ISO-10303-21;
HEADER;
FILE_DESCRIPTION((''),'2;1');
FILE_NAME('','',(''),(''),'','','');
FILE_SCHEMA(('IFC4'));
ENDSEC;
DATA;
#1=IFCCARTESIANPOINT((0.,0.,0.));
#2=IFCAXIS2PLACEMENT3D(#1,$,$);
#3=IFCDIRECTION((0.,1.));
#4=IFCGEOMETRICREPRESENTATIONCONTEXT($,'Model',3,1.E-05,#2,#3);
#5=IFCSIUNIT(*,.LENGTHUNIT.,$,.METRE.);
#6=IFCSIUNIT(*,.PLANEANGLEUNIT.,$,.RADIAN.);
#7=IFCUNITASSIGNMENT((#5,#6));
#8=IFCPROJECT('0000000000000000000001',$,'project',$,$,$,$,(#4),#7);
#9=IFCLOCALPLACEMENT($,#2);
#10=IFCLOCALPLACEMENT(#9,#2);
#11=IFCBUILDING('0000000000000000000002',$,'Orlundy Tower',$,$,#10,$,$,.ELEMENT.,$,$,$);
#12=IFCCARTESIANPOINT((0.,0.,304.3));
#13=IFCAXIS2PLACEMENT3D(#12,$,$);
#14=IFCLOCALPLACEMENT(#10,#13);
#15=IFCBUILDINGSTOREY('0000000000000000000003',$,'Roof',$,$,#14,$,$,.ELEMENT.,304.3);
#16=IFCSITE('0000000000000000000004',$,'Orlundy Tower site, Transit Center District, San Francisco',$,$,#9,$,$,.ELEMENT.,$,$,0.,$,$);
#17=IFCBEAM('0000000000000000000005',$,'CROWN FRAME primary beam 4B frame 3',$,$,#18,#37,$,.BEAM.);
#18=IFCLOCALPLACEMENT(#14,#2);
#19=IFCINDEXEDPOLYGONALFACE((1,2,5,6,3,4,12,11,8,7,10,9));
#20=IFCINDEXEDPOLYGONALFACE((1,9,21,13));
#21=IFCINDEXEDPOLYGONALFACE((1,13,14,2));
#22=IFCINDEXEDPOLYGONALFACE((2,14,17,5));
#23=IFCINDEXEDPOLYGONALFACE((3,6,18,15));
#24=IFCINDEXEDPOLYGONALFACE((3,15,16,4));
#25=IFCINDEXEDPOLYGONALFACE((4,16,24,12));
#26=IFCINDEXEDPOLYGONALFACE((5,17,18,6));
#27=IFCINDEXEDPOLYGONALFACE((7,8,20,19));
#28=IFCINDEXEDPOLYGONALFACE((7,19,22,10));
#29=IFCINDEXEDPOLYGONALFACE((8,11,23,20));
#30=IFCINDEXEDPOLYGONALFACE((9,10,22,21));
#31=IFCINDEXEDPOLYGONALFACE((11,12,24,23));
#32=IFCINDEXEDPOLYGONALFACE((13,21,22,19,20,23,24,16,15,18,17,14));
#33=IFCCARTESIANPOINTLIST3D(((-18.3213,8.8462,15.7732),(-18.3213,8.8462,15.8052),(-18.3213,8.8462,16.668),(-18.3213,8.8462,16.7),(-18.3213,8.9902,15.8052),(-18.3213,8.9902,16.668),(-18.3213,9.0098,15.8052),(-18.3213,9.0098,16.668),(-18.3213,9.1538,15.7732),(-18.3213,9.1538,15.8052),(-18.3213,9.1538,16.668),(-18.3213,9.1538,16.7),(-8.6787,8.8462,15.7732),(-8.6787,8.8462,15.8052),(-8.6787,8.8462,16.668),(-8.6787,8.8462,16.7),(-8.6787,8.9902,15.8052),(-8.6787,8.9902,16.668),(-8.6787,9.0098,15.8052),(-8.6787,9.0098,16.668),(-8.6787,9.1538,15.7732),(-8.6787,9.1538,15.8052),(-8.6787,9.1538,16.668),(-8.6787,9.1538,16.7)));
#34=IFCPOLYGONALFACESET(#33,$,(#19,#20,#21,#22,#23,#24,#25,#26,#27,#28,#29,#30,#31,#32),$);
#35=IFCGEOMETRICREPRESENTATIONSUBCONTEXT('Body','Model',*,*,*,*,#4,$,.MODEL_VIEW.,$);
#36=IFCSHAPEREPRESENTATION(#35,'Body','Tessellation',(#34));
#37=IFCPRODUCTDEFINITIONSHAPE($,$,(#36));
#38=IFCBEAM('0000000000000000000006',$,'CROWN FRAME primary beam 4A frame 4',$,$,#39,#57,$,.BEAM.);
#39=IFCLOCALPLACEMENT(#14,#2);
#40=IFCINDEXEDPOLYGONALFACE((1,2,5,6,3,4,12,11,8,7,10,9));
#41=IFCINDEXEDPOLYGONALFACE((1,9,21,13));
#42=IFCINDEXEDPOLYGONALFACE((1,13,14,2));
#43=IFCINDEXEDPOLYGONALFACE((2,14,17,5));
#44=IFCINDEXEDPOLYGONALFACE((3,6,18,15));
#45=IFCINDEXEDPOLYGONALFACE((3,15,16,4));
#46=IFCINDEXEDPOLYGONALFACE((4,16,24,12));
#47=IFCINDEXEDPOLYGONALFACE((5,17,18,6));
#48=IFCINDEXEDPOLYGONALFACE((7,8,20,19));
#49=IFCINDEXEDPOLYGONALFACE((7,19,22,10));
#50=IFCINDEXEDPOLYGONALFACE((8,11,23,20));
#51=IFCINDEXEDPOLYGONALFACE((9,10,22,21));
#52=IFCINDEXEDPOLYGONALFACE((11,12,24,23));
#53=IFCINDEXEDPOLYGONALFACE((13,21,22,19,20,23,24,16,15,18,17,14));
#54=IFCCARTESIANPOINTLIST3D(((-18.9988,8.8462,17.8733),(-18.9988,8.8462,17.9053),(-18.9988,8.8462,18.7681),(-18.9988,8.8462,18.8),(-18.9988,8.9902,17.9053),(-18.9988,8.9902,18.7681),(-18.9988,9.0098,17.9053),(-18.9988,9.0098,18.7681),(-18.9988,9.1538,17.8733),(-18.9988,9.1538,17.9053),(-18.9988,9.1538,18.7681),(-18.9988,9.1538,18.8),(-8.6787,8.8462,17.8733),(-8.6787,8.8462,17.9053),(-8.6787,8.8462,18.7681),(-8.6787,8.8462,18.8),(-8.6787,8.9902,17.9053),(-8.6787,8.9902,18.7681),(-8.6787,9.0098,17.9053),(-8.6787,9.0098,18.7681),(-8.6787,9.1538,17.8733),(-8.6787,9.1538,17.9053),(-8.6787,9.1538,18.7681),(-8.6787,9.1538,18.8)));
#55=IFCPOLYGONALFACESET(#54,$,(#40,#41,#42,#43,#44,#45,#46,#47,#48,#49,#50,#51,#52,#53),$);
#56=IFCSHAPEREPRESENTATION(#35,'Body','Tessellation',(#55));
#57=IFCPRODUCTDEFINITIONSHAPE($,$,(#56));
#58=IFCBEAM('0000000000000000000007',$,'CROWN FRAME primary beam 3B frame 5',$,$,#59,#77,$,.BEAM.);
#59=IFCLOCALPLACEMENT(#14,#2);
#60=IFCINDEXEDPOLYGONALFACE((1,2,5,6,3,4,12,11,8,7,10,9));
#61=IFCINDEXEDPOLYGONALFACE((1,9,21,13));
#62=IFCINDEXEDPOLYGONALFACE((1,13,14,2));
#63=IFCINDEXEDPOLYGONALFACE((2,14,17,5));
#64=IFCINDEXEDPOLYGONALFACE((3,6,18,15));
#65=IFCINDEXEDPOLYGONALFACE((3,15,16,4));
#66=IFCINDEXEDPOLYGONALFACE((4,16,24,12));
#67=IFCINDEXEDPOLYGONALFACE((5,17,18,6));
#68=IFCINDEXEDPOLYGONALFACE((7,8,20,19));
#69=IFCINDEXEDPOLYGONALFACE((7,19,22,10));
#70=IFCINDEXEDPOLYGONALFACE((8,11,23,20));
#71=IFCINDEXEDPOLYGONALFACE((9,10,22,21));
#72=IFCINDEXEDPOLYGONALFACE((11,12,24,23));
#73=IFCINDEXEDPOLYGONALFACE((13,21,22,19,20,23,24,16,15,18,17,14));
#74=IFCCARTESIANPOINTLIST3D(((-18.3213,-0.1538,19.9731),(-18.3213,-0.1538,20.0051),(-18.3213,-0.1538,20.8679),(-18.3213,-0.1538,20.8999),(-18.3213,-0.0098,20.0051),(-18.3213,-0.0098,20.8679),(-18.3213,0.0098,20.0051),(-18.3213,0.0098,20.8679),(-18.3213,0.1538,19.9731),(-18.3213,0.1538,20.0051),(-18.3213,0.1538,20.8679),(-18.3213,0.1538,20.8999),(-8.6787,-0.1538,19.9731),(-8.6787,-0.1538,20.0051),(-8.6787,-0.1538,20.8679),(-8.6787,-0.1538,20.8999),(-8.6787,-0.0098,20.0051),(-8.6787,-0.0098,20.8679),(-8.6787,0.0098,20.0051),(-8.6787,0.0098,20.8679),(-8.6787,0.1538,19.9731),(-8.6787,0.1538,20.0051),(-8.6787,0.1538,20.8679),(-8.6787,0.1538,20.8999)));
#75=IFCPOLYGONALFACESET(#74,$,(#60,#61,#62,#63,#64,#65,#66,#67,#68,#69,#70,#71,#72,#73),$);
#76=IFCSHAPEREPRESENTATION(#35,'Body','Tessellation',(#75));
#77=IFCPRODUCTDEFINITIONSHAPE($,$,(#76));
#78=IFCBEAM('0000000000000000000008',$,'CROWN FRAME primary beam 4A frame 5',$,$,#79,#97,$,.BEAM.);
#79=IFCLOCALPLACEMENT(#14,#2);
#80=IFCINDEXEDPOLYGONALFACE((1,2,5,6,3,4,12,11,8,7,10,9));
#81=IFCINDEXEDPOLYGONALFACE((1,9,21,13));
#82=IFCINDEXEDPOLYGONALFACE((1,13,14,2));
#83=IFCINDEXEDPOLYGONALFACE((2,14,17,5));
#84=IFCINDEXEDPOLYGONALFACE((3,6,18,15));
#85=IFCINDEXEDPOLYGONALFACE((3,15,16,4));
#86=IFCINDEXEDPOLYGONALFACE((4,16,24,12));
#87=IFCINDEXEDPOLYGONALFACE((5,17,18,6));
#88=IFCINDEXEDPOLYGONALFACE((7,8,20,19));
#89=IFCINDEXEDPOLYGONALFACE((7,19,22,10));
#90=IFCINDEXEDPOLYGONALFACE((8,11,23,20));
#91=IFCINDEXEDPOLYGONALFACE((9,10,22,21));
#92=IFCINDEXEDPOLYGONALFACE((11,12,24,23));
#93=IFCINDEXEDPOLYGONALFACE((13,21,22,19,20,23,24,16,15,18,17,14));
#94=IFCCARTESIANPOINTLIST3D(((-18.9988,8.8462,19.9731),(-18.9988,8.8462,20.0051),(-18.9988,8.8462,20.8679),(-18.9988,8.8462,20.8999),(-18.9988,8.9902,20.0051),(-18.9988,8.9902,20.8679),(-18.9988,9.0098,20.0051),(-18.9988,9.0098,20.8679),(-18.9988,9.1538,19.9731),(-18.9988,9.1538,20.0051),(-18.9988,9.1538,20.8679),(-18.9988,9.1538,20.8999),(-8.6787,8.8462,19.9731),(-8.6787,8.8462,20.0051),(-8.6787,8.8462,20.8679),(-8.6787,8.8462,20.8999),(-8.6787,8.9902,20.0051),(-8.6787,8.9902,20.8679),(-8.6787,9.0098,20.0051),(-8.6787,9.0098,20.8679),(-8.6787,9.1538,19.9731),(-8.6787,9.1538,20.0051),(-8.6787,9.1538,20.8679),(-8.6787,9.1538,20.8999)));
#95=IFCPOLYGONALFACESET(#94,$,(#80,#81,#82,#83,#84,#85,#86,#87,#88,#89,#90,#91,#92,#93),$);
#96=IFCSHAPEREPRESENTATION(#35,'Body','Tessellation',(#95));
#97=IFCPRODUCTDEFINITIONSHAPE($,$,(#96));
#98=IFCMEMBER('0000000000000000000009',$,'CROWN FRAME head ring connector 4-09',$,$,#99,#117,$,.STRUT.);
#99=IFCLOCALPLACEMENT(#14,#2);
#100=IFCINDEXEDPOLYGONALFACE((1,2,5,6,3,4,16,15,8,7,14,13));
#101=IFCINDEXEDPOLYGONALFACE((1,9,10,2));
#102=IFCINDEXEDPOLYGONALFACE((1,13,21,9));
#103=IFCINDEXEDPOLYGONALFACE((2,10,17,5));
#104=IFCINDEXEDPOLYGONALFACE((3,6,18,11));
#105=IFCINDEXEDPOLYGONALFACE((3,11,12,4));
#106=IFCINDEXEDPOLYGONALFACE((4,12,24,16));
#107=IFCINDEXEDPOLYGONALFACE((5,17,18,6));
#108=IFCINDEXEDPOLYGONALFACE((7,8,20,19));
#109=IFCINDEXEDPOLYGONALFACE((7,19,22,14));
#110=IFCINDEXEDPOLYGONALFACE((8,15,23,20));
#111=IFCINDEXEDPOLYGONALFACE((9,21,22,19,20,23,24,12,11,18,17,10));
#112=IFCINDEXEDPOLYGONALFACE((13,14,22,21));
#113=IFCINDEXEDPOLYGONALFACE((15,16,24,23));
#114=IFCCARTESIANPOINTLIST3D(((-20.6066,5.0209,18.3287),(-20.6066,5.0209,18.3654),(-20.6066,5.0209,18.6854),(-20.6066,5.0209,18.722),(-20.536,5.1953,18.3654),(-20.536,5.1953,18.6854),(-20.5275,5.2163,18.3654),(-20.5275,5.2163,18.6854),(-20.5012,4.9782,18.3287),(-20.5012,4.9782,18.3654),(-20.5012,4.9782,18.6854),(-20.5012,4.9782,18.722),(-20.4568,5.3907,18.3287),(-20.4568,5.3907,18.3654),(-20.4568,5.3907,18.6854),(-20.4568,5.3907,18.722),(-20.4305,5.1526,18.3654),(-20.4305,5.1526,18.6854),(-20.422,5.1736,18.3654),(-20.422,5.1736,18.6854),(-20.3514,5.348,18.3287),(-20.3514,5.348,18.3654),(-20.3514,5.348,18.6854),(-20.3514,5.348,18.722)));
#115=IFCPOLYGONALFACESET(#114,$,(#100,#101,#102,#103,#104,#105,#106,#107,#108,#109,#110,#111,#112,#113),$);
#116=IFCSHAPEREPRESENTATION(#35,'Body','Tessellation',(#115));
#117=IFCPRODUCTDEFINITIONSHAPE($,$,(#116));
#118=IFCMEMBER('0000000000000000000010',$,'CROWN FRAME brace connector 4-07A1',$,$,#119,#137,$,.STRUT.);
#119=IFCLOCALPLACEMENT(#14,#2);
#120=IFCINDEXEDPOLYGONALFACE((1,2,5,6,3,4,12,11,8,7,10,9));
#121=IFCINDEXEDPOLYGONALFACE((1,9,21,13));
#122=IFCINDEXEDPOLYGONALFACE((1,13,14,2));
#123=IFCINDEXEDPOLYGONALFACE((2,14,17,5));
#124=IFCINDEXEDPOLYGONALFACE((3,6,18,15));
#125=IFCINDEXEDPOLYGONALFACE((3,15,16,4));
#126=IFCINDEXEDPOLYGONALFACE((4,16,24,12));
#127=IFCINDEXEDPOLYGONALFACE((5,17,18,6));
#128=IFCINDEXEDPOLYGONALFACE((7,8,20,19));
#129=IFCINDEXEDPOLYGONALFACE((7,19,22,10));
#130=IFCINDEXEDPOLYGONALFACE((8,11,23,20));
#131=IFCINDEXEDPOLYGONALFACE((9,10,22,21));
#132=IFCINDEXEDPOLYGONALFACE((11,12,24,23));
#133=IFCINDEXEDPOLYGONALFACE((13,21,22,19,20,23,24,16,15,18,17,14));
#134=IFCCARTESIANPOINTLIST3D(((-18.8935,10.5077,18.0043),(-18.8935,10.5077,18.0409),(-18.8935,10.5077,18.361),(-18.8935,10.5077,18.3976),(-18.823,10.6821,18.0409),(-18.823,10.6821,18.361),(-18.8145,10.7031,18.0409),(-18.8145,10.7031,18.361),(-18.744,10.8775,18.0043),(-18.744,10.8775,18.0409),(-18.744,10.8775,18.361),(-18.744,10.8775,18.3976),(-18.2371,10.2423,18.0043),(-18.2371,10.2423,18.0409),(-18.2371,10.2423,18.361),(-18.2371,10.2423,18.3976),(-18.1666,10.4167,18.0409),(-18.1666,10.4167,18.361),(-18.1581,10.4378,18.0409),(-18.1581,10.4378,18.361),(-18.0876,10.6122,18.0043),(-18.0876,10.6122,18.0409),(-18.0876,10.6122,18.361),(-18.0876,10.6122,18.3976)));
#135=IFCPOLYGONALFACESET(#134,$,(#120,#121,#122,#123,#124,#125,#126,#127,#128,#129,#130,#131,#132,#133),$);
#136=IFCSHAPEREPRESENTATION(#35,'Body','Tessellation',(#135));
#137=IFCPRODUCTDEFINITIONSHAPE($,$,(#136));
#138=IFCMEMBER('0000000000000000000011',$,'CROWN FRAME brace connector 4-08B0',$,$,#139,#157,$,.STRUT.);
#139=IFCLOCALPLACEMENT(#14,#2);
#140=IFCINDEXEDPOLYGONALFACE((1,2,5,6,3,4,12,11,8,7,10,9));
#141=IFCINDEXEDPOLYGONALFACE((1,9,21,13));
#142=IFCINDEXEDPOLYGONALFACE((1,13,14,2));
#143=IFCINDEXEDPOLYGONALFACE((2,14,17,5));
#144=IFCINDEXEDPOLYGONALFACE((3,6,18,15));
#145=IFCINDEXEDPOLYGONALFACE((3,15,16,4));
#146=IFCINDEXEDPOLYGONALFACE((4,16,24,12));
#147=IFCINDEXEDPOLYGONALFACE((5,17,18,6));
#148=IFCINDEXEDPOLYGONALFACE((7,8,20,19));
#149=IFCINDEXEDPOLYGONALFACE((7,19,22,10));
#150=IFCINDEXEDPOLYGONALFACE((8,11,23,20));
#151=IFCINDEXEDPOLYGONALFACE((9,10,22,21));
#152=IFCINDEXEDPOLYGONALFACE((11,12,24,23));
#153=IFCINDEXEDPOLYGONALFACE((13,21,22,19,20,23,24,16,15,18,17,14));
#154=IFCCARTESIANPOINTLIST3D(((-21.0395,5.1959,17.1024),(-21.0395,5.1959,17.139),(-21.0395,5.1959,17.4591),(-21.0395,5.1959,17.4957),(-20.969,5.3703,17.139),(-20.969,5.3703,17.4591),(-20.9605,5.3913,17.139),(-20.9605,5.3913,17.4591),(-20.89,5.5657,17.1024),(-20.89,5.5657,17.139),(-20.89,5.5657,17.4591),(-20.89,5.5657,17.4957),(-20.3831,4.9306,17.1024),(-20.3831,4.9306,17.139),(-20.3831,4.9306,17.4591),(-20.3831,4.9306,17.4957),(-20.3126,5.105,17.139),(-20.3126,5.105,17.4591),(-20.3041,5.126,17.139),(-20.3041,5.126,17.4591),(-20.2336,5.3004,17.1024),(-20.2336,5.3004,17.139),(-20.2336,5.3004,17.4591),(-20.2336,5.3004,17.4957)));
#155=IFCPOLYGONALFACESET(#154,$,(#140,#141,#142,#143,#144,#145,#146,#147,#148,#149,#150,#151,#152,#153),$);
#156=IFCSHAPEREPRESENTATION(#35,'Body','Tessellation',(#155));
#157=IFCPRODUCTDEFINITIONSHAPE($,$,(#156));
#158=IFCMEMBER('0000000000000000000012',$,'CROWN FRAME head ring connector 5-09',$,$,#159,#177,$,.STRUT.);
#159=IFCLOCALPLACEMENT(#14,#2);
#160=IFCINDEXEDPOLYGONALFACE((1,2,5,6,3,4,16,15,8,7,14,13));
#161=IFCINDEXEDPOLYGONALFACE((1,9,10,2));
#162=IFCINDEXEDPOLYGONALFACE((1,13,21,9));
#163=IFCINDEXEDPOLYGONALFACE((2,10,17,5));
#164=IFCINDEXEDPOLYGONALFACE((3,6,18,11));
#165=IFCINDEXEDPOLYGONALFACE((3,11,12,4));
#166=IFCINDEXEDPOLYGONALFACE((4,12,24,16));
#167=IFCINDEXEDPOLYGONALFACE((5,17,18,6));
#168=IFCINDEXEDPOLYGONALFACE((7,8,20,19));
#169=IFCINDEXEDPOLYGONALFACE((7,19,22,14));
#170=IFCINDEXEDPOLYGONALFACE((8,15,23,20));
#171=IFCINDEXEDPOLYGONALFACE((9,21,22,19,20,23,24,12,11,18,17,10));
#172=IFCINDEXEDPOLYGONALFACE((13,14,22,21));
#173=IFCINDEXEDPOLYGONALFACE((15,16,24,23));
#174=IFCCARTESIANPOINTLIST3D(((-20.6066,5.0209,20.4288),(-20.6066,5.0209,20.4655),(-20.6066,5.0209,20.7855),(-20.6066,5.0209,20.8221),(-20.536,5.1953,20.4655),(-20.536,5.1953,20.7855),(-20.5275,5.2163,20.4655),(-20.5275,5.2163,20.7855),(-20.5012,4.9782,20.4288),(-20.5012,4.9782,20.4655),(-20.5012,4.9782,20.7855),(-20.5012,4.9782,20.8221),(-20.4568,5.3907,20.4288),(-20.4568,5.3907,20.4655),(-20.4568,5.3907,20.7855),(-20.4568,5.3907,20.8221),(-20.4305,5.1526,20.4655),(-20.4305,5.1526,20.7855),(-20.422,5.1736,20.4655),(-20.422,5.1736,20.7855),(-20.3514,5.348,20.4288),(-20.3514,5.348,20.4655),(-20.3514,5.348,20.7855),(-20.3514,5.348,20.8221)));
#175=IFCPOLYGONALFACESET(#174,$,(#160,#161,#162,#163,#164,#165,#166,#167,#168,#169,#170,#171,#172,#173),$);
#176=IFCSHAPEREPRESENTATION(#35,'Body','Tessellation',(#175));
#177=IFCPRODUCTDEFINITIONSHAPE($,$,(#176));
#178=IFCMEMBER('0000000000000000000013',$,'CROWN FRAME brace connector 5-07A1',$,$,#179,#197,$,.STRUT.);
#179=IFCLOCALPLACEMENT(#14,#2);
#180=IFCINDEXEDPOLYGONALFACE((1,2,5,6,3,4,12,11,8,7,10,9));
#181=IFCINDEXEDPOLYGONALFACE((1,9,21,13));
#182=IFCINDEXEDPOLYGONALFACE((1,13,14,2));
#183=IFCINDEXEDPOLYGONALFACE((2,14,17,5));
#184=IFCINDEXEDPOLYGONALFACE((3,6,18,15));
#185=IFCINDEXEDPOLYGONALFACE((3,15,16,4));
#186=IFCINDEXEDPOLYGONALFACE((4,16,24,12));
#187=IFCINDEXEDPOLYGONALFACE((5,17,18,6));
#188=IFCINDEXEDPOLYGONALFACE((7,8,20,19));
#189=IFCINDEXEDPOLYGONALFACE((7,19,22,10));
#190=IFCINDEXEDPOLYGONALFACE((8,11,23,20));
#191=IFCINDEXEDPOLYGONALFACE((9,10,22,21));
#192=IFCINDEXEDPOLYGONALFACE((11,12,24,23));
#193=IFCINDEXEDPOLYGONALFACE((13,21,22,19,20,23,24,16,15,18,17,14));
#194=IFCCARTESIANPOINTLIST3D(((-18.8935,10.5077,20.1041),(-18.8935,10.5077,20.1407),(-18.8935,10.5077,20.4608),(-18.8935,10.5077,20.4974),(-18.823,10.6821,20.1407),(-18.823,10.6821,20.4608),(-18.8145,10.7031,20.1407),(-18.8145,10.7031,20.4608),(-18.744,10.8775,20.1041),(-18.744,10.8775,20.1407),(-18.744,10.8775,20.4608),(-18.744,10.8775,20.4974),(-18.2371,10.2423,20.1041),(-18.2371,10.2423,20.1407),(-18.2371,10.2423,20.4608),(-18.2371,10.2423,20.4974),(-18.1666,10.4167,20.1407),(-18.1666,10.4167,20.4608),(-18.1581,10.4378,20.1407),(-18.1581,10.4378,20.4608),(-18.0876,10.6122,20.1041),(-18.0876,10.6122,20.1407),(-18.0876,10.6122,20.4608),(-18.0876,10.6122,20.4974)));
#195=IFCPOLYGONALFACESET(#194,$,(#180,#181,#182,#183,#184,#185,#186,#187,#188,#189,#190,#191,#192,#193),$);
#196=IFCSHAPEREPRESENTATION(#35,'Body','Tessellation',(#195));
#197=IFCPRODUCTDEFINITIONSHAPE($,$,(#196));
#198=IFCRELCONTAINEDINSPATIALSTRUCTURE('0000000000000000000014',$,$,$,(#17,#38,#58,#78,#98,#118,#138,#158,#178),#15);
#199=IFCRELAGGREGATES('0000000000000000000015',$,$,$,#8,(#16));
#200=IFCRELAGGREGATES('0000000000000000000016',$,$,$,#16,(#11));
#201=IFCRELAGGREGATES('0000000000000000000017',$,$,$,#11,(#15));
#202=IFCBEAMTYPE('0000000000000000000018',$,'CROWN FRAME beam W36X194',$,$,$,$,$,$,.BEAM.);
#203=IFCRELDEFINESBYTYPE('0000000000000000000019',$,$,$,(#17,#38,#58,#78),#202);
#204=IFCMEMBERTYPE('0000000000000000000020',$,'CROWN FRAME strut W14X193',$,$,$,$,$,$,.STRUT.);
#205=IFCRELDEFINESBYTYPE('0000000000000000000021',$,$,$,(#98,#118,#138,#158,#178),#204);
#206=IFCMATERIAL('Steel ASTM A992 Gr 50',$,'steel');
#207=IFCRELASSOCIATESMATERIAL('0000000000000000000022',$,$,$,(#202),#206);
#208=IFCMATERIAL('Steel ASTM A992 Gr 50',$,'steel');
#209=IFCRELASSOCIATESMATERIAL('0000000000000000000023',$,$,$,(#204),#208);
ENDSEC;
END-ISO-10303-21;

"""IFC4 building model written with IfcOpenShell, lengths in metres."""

from ifc_helpers import new_model, si_unit, direction, frame, origin, origin_2d, place, context, subcontext, project, spatial, i_section, extrude, material, material_profile, profile_set, type_object, element, save


model = new_model("IFC4")

# Units and contexts
model_context = context("Model", 3, precision=1e-05, world=origin(), true_north=direction((0.0, 1.0)))
body_context = subcontext(model_context, "Body", "Model", "MODEL_VIEW")
ifc_project = project(units=[si_unit("LENGTHUNIT", "METRE"), si_unit("PLANEANGLEUNIT", "RADIAN")], contexts=[model_context])

# Site, building, storey
site_placement = place(None, origin())
site = spatial("IfcSite", under=ifc_project, at=site_placement, Name="Orlundy Tower site, Transit Center District, San Francisco", CompositionType="ELEMENT", RefElevation=0.0)
building_placement = place(site_placement, origin())
building = spatial("IfcBuilding", under=site, at=building_placement, Name="Orlundy Tower", CompositionType="ELEMENT")
storey_placement = place(building_placement, frame((0.0, 0.0, 304.3)))
storey = spatial("IfcBuildingStorey", under=building, at=storey_placement, Name="Roof", CompositionType="ELEMENT", Elevation=304.3)

# Beams
ifc_material_1 = material(Name="Steel ASTM A992 Gr 50", Category="steel")
ifc_material_profile_1 = material_profile(ifc_material_1, i_section(OverallWidth=0.3076, OverallDepth=0.9268, WebThickness=0.0195, FlangeThickness=0.032, at=origin_2d()), Name="W36X194")
ifc_profile_set_1 = profile_set([ifc_material_profile_1], Name="Steel ASTM A992 Gr 50")
beam_type_1 = type_object("IfcBeamType", Name="CROWN FRAME beam W36X194", PredefinedType="BEAM", material=ifc_profile_set_1)
beam_1_placement = place(storey_placement, frame((-18.3213, 9.0, 16.2366), z_axis=(1.0, 0.0, 0.0), x_axis=(0.0, 1.0, 0.0)))
element("IfcBeam", 1, at=beam_1_placement, inside=storey, type_object=beam_type_1, Name="CROWN FRAME primary beam 4B frame 3", PredefinedType="BEAM", context=body_context, shape_type="SweptSolid", body=[
    extrude(i_section(OverallWidth=0.3076, OverallDepth=0.9268, WebThickness=0.0195, FlangeThickness=0.032, at=origin_2d()), origin(), (0.0, 0.0, 1.0), 9.6426),
])
beam_2_placement = place(storey_placement, frame((-18.9988, 9.0, 18.3367), z_axis=(1.0, 0.0, 0.0), x_axis=(0.0, 1.0, 0.0)))
element("IfcBeam", 2, at=beam_2_placement, inside=storey, type_object=beam_type_1, Name="CROWN FRAME primary beam 4A frame 4", PredefinedType="BEAM", context=body_context, shape_type="SweptSolid", body=[
    extrude(i_section(OverallWidth=0.3076, OverallDepth=0.9268, WebThickness=0.0195, FlangeThickness=0.032, at=origin_2d()), origin(), (0.0, 0.0, 1.0), 10.3201),
])
beam_3_placement = place(storey_placement, frame((-18.3213, 0.0, 20.4365), z_axis=(1.0, 0.0, 0.0), x_axis=(0.0, 1.0, 0.0)))
element("IfcBeam", 3, at=beam_3_placement, inside=storey, type_object=beam_type_1, Name="CROWN FRAME primary beam 3B frame 5", PredefinedType="BEAM", context=body_context, shape_type="SweptSolid", body=[
    extrude(i_section(OverallWidth=0.3076, OverallDepth=0.9268, WebThickness=0.0195, FlangeThickness=0.032, at=origin_2d()), origin(), (0.0, 0.0, 1.0), 9.6426),
])
beam_4_placement = place(storey_placement, frame((-18.9988, 9.0, 20.4365), z_axis=(1.0, 0.0, 0.0), x_axis=(0.0, 1.0, 0.0)))
element("IfcBeam", 4, at=beam_4_placement, inside=storey, type_object=beam_type_1, Name="CROWN FRAME primary beam 4A frame 5", PredefinedType="BEAM", context=body_context, shape_type="SweptSolid", body=[
    extrude(i_section(OverallWidth=0.3076, OverallDepth=0.9268, WebThickness=0.0195, FlangeThickness=0.032, at=origin_2d()), origin(), (0.0, 0.0, 1.0), 10.3201),
])

# Members
ifc_material_2 = material(Name="Steel ASTM A992 Gr 50", Category="steel")
ifc_material_profile_2 = material_profile(ifc_material_2, i_section(OverallWidth=0.3989, OverallDepth=0.3933, WebThickness=0.0227, FlangeThickness=0.0366, at=origin_2d()), Name="W14X193")
ifc_profile_set_2 = profile_set([ifc_material_profile_2], Name="Steel ASTM A992 Gr 50")
member_type = type_object("IfcMemberType", Name="CROWN FRAME strut W14X193", PredefinedType="STRUT", material=ifc_profile_set_2)
member_1_placement = place(storey_placement, frame((-20.4263, 5.1631, 18.5254), z_axis=(-0.92684, 0.375456, 0.0), x_axis=(-0.375456, -0.92684, 0.0)))
element("IfcMember", 5, at=member_1_placement, inside=storey, type_object=member_type, Name="CROWN FRAME head ring connector 4-09", PredefinedType="STRUT", context=body_context, shape_type="SweptSolid", body=[
    extrude(i_section(OverallWidth=0.3989, OverallDepth=0.3933, WebThickness=0.0227, FlangeThickness=0.0366, at=origin_2d()), origin(), (0.0, 0.0, 1.0), 0.1138),
])
for number, where, z_axis, x_axis, name in (
    (6, (-18.1624, 10.4272, 18.2009), (-0.927115, 0.374777, 0.0), (-0.374777, -0.927115, 0.0), "CROWN FRAME brace connector 4-07A1"),
    (7, (-20.3083, 5.1155, 17.2991), (-0.927115, 0.374777, 0.0), (-0.374777, -0.927115, 0.0), "CROWN FRAME brace connector 4-08B0"),
):
    element("IfcMember", number, at=place(storey_placement, frame(where, z_axis=z_axis, x_axis=x_axis)), inside=storey, type_object=member_type, Name=name, PredefinedType="STRUT", context=body_context, shape_type="SweptSolid", body=[
        extrude(i_section(OverallWidth=0.3989, OverallDepth=0.3933, WebThickness=0.0227, FlangeThickness=0.0366, at=origin_2d()), origin(), (0.0, 0.0, 1.0), 0.708),
    ])
member_2_placement = place(storey_placement, frame((-20.4263, 5.1631, 20.6255), z_axis=(-0.92684, 0.375456, 0.0), x_axis=(-0.375456, -0.92684, 0.0)))
element("IfcMember", 8, at=member_2_placement, inside=storey, type_object=member_type, Name="CROWN FRAME head ring connector 5-09", PredefinedType="STRUT", context=body_context, shape_type="SweptSolid", body=[
    extrude(i_section(OverallWidth=0.3989, OverallDepth=0.3933, WebThickness=0.0227, FlangeThickness=0.0366, at=origin_2d()), origin(), (0.0, 0.0, 1.0), 0.1138),
])
for number, where, z_axis, x_axis, name in (
    (9, (-18.1624, 10.4272, 20.3008), (-0.927115, 0.374777, 0.0), (-0.374777, -0.927115, 0.0), "CROWN FRAME brace connector 5-07A1"),
):
    element("IfcMember", number, at=place(storey_placement, frame(where, z_axis=z_axis, x_axis=x_axis)), inside=storey, type_object=member_type, Name=name, PredefinedType="STRUT", context=body_context, shape_type="SweptSolid", body=[
        extrude(i_section(OverallWidth=0.3989, OverallDepth=0.3933, WebThickness=0.0227, FlangeThickness=0.0366, at=origin_2d()), origin(), (0.0, 0.0, 1.0), 0.708),
    ])

save(model, "model.ifc")
